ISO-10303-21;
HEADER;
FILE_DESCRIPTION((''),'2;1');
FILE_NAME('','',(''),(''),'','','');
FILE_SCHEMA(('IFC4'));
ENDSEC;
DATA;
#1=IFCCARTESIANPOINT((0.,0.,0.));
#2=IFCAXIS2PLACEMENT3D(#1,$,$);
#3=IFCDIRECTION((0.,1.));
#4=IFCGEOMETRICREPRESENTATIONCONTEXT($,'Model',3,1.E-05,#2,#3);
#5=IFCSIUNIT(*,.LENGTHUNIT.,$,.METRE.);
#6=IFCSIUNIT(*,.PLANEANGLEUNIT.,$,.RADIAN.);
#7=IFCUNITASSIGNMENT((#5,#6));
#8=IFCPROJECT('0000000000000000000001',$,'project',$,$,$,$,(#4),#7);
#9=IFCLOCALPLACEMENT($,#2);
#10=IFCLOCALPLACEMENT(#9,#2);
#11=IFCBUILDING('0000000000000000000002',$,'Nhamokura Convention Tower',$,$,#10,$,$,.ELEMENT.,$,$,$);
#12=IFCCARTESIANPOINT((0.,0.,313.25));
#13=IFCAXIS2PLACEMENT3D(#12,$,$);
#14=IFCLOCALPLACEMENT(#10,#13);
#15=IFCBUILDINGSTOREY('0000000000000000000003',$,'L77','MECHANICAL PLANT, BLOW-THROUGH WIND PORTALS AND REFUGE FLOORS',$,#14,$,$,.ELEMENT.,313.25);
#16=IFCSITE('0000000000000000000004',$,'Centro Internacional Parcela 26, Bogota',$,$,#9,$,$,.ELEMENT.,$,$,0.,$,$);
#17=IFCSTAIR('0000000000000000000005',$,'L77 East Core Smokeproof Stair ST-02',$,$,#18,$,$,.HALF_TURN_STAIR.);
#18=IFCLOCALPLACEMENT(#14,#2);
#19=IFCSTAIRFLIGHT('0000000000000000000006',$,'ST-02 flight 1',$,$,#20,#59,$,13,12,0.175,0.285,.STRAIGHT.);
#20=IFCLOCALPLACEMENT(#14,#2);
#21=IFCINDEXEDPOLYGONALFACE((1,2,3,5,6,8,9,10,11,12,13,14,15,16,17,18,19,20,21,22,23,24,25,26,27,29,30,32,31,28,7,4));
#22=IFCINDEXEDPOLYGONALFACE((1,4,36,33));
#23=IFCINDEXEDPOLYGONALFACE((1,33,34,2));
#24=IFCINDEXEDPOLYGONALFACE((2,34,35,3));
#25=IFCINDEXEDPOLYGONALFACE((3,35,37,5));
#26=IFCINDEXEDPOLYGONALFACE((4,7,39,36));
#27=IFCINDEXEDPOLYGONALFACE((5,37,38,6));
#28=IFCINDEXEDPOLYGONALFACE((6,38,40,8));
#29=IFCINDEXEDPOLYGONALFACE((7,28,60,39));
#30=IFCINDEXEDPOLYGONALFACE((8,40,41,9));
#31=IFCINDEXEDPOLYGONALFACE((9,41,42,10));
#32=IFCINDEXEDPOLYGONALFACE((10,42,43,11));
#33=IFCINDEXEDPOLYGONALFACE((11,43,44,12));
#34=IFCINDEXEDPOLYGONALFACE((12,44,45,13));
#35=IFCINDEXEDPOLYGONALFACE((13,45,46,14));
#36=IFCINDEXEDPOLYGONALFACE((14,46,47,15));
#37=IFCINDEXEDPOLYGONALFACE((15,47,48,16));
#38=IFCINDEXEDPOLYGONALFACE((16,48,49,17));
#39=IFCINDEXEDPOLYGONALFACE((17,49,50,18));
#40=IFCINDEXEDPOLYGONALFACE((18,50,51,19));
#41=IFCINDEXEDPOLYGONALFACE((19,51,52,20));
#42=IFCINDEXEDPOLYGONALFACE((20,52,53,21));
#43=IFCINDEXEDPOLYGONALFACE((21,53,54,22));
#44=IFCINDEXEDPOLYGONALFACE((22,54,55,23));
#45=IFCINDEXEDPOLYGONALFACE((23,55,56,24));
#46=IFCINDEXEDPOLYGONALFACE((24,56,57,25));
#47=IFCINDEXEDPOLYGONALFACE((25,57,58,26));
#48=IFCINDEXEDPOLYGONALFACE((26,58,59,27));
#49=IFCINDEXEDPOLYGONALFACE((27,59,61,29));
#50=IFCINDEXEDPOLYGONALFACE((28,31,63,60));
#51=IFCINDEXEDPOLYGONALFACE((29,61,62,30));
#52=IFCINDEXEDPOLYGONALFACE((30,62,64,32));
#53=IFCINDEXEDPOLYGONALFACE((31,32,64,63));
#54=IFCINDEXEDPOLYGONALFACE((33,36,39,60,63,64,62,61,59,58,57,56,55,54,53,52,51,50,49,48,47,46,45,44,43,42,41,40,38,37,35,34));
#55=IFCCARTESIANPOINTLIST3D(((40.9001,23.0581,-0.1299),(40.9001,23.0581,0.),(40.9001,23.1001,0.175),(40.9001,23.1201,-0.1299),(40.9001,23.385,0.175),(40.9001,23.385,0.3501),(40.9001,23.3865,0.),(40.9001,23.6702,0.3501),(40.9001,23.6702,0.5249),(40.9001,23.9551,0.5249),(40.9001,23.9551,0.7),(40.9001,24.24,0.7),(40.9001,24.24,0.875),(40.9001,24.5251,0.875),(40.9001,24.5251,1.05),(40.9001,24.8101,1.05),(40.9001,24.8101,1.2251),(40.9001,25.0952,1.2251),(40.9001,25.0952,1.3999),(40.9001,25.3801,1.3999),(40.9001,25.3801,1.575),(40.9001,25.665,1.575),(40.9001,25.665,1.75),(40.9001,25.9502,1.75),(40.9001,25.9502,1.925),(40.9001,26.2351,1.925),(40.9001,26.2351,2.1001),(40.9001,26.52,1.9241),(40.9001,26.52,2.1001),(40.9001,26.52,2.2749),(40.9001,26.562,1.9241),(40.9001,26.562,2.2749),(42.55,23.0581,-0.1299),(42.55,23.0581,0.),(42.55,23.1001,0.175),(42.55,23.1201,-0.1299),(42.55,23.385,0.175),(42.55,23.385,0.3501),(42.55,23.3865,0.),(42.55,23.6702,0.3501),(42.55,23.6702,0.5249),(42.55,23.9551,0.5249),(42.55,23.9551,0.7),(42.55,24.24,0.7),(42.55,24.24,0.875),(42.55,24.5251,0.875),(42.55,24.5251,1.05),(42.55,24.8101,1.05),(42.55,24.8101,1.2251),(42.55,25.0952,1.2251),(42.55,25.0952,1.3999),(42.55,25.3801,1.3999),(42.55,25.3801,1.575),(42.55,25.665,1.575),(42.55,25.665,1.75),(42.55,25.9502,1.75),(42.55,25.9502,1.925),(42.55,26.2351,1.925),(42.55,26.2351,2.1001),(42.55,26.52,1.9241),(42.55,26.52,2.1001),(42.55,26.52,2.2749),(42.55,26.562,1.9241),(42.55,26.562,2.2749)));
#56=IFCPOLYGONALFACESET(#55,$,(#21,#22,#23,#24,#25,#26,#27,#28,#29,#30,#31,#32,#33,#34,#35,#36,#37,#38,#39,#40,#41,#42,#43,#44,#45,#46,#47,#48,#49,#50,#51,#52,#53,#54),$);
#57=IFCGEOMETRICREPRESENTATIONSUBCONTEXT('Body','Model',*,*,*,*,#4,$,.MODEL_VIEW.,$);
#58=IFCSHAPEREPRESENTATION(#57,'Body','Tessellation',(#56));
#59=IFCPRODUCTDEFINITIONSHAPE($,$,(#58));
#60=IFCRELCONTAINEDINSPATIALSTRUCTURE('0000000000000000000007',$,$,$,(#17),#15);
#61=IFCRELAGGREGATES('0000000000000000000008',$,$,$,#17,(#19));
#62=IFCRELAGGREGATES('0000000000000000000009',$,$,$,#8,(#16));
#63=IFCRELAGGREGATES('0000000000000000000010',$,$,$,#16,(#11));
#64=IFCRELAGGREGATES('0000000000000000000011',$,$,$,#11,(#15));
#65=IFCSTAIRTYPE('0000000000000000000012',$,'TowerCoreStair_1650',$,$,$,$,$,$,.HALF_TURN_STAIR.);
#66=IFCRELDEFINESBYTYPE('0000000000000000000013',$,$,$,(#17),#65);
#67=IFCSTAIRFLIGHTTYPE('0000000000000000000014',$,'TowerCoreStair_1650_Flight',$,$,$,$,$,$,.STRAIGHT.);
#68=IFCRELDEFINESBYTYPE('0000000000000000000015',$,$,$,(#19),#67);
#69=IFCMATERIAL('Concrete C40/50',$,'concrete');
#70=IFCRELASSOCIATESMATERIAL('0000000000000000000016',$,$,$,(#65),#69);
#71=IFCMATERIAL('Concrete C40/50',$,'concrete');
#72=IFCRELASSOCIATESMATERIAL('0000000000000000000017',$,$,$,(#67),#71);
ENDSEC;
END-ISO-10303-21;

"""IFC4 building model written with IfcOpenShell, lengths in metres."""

from ifc_helpers import new_model, si_unit, direction, frame, origin, place, context, subcontext, project, spatial, polyline, outline, extrude, material, type_object, element, aggregate, save


model = new_model("IFC4")

# Units and contexts
model_context = context("Model", 3, precision=1e-05, world=origin(), true_north=direction((0.0, 1.0)))
body_context = subcontext(model_context, "Body", "Model", "MODEL_VIEW")
ifc_project = project(units=[si_unit("LENGTHUNIT", "METRE"), si_unit("PLANEANGLEUNIT", "RADIAN")], contexts=[model_context])

# Site, building, storey
site_placement = place(None, origin())
site = spatial("IfcSite", under=ifc_project, at=site_placement, Name="Centro Internacional Parcela 26, Bogota", CompositionType="ELEMENT", RefElevation=0.0)
building_placement = place(site_placement, origin())
building = spatial("IfcBuilding", under=site, at=building_placement, Name="Nhamokura Convention Tower", CompositionType="ELEMENT")
storey_placement = place(building_placement, frame((0.0, 0.0, 313.25)))
storey = spatial("IfcBuildingStorey", under=building, at=storey_placement, Name="L77", Description="MECHANICAL PLANT, BLOW-THROUGH WIND PORTALS AND REFUGE FLOORS", CompositionType="ELEMENT", Elevation=313.25)

# Stair, stair flight
ifc_material_1 = material(Name="Concrete C40/50", Category="concrete")
stair_type = type_object("IfcStairType", Name="TowerCoreStair_1650", PredefinedType="HALF_TURN_STAIR", material=ifc_material_1)
stair_placement = place(storey_placement, origin())
stair = element("IfcStair", 1, at=stair_placement, inside=storey, type_object=stair_type, Name="L77 East Core Smokeproof Stair ST-02", PredefinedType="HALF_TURN_STAIR")
ifc_material_2 = material(Name="Concrete C40/50", Category="concrete")
stair_flight_type = type_object("IfcStairFlightType", Name="TowerCoreStair_1650_Flight", PredefinedType="STRAIGHT", material=ifc_material_2)
stair_flight_placement = place(storey_placement, frame((41.7251, 23.1001, 0.0), z_axis=(0.0, 0.0, 1.0), x_axis=(0.0, 1.0, 0.0)))
stair_flight = element("IfcStairFlight", 2, at=stair_flight_placement, type_object=stair_flight_type, Name="ST-02 flight 1", NumberOfRisers=13, NumberOfTreads=12, PredefinedType="STRAIGHT", RiserHeight=0.175, TreadLength=0.285, context=body_context, shape_type="SweptSolid", body=[
    extrude(outline(polyline([(-0.042, 0.0), (0.0, 0.175), (0.2849, 0.175), (0.2849, 0.3501), (0.5701, 0.3501), (0.5701, 0.5249), (0.855, 0.5249), (0.855, 0.7), (1.1399, 0.7), (1.1399, 0.875), (1.425, 0.875), (1.425, 1.05), (1.71, 1.05), (1.71, 1.2251), (1.9951, 1.2251), (1.9951, 1.3999), (2.28, 1.3999), (2.28, 1.575), (2.5649, 1.575), (2.5649, 1.75), (2.8501, 1.75), (2.8501, 1.925), (3.135, 1.925), (3.135, 2.1001), (3.4199, 2.1001), (3.4199, 2.2749), (3.4619, 2.2749), (3.4619, 1.9241), (3.4199, 1.9241), (0.2864, 0.0), (0.02, -0.1299), (-0.042, -0.1299), (-0.042, 0.0)])), frame((0.0, 0.825, 0.0), z_axis=(0.0, -1.0, 0.0), x_axis=(1.0, 0.0, 0.0)), (0.0, 0.0, 1.0), 1.6499),
])
aggregate(stair, [stair_flight])

save(model, "model.ifc")
